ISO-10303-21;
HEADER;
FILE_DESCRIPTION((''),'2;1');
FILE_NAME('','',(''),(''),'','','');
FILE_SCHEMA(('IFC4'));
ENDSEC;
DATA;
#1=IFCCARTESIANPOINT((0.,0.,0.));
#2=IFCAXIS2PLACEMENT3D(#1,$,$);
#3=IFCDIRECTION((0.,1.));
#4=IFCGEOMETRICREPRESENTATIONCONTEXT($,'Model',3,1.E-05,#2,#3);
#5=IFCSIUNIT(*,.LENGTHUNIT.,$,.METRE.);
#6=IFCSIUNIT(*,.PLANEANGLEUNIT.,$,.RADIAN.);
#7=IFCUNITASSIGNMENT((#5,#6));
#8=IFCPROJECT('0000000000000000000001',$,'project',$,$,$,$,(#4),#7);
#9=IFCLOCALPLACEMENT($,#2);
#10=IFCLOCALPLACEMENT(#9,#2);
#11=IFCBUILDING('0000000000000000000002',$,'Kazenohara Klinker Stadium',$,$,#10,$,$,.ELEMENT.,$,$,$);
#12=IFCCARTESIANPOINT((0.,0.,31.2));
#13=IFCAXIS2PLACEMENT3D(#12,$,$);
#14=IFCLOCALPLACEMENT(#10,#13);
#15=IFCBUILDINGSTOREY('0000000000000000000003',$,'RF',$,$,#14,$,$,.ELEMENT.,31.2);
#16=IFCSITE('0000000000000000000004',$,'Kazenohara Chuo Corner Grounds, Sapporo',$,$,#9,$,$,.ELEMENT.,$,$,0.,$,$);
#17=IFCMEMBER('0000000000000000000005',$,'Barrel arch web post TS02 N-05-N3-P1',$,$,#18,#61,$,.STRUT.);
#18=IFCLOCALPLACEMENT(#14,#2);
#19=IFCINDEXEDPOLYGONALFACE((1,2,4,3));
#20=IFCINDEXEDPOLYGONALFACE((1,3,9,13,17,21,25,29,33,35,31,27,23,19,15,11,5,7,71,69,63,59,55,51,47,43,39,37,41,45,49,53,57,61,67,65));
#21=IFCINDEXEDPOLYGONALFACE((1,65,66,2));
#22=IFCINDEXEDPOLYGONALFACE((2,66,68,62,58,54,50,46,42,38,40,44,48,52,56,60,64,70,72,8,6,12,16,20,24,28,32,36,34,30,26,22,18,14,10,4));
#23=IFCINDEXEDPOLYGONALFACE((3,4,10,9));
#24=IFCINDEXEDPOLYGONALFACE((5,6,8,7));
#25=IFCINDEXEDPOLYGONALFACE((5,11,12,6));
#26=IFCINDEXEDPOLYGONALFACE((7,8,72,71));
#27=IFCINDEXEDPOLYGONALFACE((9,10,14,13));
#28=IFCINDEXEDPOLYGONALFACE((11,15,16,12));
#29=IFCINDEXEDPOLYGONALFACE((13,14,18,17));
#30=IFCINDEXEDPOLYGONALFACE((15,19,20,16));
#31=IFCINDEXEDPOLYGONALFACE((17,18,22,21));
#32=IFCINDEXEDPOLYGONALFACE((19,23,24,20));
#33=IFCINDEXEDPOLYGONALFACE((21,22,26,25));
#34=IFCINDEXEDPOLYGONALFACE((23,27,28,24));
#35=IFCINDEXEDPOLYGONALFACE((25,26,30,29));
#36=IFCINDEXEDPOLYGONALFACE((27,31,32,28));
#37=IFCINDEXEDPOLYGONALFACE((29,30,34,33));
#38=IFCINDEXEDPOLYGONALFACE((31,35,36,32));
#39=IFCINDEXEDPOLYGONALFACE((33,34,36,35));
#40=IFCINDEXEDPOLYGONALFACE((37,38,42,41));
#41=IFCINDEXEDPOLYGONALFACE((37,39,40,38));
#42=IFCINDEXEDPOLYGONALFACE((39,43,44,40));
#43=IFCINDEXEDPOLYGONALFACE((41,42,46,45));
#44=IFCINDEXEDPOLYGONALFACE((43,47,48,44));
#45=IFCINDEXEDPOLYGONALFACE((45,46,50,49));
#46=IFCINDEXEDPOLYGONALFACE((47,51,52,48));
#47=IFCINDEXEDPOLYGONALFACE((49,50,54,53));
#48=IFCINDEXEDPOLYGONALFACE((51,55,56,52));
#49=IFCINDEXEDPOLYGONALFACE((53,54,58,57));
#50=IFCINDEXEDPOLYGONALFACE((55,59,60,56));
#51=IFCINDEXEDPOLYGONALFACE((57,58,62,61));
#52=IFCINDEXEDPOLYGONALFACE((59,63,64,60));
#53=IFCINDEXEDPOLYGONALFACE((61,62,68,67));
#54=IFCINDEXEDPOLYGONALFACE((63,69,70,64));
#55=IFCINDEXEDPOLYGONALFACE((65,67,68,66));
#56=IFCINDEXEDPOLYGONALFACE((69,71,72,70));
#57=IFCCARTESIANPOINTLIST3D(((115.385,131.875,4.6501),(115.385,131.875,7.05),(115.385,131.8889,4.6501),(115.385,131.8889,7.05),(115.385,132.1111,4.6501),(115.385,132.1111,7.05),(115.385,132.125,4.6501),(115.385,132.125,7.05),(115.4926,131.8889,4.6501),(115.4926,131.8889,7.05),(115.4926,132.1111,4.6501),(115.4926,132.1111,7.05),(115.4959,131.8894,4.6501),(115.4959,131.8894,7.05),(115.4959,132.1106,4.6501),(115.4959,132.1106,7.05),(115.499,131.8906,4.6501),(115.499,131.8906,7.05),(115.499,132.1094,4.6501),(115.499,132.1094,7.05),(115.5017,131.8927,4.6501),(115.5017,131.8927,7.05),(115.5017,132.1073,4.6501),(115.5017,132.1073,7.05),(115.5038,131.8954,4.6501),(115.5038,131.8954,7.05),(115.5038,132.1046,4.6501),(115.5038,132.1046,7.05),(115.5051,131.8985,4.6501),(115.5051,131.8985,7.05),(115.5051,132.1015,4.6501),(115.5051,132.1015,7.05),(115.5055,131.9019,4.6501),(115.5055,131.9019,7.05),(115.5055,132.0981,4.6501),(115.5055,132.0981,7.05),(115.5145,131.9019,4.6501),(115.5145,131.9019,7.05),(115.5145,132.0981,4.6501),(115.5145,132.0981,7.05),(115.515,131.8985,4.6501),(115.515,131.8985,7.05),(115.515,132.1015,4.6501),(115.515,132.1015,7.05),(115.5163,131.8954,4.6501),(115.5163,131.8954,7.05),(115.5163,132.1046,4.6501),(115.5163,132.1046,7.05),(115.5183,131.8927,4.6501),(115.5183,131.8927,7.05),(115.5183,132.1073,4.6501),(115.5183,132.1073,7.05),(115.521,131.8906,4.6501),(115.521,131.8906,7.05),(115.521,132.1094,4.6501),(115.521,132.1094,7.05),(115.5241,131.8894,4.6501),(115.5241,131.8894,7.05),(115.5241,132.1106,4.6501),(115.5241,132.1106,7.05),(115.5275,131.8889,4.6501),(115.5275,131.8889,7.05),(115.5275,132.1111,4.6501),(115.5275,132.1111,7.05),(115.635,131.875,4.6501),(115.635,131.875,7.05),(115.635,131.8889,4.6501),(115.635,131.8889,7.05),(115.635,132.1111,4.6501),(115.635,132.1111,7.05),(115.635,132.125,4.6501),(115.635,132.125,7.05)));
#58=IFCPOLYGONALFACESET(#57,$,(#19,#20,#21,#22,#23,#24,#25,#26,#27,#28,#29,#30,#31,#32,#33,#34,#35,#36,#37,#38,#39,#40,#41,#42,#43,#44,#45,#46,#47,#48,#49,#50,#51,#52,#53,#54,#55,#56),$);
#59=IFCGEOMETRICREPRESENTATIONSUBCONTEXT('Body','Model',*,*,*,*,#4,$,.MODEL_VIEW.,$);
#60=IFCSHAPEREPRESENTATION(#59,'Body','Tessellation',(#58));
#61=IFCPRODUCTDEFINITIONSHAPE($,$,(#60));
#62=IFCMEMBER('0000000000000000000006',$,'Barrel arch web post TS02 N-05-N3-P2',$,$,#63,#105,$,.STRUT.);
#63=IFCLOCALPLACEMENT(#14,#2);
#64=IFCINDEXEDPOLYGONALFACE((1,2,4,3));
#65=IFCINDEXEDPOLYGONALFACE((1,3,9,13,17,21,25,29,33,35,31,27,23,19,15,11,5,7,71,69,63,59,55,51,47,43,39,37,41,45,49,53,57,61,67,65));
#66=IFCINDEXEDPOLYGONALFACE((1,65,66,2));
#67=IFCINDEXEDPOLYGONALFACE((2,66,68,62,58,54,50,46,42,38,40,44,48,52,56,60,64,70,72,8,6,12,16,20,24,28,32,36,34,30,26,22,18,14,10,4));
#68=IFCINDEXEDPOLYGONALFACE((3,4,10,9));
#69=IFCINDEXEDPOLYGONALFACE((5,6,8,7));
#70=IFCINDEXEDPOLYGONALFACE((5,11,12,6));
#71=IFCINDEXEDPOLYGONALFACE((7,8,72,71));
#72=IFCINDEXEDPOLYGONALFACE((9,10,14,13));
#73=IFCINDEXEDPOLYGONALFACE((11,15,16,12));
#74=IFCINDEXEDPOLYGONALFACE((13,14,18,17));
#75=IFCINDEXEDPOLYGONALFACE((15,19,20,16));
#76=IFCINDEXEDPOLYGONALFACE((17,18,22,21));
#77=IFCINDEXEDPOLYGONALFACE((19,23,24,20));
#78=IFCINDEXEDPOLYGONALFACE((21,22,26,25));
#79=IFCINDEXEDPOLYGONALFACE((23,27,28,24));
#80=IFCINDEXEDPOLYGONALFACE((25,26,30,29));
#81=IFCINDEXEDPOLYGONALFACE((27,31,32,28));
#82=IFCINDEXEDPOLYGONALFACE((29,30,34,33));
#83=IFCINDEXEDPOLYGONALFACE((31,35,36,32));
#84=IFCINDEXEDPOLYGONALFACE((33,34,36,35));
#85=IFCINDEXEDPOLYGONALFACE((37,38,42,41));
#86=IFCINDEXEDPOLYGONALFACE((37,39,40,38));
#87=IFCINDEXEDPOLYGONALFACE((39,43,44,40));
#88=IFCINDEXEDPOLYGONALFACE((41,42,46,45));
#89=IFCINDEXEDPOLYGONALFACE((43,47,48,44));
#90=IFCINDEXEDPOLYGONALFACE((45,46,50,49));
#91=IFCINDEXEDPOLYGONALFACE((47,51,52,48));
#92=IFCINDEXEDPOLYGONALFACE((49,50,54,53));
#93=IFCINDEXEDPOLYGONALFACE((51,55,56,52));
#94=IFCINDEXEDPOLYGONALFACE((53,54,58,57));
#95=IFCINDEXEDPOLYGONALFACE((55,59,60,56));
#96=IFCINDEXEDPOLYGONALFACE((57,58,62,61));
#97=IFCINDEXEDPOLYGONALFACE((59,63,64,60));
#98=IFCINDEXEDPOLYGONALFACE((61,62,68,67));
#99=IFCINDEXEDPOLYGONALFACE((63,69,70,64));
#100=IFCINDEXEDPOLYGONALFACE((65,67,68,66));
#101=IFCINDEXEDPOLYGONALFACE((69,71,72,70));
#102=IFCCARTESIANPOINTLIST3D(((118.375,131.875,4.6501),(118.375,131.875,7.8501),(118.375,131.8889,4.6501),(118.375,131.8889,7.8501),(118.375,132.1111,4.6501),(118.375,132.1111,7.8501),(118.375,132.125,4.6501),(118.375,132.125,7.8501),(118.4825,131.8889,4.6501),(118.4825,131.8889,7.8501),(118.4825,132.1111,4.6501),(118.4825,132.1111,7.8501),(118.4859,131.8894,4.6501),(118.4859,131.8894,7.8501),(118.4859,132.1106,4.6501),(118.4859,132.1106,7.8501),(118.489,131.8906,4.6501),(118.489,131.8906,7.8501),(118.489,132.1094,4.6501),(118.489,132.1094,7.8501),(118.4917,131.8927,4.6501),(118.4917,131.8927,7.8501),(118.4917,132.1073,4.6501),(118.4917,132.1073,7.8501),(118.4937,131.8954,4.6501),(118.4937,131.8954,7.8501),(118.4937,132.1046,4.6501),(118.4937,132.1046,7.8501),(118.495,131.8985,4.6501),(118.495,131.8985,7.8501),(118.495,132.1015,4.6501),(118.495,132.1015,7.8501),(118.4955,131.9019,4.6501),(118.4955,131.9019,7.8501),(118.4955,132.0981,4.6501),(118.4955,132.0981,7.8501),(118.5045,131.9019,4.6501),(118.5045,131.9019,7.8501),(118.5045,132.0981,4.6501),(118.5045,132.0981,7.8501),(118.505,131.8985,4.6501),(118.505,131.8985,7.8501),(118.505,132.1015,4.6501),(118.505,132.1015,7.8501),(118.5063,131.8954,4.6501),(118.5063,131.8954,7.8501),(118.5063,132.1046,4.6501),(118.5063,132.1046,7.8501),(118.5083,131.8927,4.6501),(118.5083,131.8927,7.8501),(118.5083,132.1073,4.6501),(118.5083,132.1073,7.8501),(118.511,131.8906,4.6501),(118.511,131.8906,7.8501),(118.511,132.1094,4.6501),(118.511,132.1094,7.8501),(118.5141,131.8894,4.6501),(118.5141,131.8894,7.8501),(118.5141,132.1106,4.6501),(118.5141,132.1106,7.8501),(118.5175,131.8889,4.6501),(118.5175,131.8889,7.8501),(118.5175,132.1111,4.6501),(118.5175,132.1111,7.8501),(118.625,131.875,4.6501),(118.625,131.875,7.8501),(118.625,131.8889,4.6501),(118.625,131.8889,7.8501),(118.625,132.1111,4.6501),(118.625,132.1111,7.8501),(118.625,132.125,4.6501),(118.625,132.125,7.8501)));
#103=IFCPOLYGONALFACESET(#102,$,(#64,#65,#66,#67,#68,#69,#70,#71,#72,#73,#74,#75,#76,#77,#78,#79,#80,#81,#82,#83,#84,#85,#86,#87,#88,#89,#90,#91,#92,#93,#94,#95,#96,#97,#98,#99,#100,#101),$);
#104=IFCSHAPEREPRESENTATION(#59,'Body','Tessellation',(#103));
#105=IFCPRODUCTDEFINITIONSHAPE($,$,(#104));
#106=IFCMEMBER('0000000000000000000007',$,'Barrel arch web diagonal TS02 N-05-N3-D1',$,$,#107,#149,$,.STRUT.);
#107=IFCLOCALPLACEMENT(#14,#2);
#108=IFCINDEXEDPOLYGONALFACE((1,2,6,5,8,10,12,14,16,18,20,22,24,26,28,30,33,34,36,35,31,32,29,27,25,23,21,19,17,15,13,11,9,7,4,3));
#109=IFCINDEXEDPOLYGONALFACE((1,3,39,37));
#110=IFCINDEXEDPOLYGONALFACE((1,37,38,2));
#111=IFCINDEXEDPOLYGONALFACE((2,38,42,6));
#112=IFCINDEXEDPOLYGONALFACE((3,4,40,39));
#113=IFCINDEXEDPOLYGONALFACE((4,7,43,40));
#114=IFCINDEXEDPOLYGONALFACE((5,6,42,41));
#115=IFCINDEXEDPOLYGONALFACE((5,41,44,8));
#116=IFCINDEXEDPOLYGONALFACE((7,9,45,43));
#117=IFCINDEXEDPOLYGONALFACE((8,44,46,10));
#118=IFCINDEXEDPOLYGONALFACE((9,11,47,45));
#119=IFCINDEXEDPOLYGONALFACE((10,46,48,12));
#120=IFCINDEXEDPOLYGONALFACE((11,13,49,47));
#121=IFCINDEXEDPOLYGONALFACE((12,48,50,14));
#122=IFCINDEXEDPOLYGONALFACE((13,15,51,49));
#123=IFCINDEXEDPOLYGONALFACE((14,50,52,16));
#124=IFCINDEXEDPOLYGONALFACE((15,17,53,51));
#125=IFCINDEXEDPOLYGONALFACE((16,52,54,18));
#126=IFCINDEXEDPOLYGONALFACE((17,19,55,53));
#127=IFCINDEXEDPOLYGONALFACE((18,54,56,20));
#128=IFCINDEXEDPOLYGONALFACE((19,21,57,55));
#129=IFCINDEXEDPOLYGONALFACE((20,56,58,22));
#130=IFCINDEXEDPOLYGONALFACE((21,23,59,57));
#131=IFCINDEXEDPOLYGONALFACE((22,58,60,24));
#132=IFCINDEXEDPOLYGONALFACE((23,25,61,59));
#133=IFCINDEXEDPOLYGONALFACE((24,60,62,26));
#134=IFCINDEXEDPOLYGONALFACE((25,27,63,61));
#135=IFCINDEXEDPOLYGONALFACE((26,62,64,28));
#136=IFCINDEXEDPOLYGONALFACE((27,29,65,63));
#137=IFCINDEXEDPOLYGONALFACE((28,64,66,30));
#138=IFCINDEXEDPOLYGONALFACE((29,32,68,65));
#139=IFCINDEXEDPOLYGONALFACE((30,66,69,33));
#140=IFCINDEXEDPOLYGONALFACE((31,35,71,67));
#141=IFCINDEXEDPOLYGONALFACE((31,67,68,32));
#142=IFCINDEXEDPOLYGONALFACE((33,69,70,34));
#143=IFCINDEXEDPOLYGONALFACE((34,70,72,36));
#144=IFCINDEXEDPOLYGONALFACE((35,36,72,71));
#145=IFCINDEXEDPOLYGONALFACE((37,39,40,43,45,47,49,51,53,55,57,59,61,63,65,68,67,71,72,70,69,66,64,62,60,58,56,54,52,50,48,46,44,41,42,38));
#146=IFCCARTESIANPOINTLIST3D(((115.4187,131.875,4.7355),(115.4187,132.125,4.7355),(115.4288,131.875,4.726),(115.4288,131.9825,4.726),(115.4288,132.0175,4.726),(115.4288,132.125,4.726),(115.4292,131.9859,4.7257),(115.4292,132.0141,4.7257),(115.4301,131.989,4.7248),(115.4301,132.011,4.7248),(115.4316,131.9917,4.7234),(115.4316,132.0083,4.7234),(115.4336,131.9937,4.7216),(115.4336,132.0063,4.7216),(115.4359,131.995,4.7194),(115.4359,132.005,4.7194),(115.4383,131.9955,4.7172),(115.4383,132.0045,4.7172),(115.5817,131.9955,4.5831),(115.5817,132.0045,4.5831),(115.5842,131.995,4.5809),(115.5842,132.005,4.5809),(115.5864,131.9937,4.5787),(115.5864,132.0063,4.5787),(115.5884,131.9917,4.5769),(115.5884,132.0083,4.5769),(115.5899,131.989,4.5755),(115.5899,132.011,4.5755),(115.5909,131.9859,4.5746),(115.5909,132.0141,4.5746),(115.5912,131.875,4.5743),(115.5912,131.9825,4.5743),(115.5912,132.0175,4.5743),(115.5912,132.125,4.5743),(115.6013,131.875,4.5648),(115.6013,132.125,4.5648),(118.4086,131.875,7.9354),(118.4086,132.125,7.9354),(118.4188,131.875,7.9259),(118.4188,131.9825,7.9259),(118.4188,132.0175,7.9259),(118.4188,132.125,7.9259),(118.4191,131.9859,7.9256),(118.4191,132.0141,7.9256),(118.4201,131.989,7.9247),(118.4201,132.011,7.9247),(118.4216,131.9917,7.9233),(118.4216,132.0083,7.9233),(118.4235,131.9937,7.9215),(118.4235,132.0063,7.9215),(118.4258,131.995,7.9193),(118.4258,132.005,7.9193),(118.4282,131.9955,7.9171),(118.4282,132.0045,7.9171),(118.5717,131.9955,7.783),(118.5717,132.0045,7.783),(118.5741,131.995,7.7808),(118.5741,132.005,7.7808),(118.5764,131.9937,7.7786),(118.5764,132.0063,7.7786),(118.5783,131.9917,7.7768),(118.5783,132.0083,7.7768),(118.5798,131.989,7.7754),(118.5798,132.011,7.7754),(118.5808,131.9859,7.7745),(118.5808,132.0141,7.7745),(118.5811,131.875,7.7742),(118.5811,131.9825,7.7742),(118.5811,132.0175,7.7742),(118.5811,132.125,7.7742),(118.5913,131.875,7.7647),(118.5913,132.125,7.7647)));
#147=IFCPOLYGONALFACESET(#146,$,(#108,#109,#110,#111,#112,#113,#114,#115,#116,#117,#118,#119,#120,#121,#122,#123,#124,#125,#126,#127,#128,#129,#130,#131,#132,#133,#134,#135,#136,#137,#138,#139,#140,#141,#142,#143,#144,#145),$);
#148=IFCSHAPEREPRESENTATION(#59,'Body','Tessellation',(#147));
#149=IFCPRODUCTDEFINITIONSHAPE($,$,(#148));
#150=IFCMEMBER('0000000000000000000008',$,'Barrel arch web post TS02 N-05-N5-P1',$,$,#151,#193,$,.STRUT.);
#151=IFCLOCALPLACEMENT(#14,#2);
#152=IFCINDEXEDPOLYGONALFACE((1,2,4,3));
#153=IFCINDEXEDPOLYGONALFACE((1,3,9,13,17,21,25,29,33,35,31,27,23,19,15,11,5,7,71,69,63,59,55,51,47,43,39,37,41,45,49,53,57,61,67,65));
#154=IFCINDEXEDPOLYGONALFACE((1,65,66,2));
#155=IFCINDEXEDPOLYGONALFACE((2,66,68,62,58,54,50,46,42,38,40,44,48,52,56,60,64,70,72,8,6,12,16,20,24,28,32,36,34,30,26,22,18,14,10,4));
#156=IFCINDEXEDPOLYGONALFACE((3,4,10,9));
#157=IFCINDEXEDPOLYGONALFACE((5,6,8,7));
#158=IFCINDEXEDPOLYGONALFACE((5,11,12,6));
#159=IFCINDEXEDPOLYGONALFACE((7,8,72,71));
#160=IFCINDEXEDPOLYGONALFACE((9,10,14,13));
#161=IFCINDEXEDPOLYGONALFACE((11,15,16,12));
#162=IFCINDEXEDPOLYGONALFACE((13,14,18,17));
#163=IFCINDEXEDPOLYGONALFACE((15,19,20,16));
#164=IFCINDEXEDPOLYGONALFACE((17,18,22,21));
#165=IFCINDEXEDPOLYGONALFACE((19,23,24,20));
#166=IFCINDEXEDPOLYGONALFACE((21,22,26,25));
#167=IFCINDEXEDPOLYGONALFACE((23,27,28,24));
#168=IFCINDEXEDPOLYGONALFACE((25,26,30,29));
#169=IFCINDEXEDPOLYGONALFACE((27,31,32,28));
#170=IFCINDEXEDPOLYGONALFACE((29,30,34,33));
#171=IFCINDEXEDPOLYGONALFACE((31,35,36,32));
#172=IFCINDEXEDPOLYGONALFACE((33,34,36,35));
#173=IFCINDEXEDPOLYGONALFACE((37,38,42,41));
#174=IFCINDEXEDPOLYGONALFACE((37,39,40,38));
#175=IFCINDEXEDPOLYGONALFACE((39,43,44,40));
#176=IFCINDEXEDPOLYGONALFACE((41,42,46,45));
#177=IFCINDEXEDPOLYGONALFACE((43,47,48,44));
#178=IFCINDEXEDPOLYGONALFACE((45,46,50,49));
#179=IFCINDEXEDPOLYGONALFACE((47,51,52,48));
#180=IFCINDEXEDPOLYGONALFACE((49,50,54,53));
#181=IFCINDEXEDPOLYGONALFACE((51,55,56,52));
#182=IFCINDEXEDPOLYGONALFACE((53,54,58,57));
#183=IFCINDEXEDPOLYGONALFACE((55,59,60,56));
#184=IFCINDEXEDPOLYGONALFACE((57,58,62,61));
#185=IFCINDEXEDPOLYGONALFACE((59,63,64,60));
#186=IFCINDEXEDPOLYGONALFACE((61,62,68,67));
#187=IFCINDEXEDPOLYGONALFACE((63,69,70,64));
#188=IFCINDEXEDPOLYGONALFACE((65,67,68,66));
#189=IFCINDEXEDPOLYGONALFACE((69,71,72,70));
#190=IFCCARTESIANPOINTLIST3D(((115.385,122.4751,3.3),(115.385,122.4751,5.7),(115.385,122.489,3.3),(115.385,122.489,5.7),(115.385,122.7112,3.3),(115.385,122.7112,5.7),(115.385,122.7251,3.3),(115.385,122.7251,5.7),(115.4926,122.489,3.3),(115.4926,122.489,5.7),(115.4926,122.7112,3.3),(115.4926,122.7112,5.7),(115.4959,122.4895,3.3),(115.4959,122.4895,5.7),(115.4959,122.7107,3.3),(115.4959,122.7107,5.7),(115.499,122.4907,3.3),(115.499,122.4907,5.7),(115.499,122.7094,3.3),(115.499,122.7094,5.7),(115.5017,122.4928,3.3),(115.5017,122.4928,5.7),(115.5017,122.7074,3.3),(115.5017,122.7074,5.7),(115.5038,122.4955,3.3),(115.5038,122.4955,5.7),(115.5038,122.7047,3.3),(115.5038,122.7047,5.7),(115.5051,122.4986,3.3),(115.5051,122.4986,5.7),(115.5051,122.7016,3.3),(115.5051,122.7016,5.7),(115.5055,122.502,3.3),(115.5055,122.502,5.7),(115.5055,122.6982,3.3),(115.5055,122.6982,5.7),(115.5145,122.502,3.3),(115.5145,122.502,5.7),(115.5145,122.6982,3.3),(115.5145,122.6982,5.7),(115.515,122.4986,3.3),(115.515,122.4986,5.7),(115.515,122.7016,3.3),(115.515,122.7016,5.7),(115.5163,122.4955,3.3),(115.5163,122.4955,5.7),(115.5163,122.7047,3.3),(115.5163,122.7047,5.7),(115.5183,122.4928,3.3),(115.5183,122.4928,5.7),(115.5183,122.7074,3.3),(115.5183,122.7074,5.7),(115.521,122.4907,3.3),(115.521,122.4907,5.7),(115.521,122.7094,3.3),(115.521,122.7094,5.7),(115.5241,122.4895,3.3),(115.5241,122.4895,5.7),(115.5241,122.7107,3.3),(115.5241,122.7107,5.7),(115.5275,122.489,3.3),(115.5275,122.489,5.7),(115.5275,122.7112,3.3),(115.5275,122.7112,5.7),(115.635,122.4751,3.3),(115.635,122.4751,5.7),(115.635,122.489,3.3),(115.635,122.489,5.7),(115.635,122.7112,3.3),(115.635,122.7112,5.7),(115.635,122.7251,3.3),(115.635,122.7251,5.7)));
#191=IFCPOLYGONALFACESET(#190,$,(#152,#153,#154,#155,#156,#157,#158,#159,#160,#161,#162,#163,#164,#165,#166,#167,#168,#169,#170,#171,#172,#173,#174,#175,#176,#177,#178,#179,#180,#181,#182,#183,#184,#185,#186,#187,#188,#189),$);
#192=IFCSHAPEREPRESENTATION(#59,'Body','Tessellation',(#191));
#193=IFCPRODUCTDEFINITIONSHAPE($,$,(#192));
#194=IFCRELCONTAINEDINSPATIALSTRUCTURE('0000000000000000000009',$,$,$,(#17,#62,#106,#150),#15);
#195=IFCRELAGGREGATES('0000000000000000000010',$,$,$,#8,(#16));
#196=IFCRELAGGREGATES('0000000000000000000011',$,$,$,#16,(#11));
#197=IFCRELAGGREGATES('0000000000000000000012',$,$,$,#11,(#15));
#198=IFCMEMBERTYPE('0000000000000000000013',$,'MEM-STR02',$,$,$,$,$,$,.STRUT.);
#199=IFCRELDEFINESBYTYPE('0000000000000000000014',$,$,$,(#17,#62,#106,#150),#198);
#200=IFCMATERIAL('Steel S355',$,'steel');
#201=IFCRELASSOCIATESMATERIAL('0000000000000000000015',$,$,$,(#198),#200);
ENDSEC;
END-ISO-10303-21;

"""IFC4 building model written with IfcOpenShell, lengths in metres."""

from ifc_helpers import new_model, si_unit, direction, frame, origin, origin_2d, place, context, subcontext, project, spatial, i_section, extrude, material, material_profile, profile_set, type_object, element, save


model = new_model("IFC4")

# Units and contexts
model_context = context("Model", 3, precision=1e-05, world=origin(), true_north=direction((0.0, 1.0)))
body_context = subcontext(model_context, "Body", "Model", "MODEL_VIEW")
ifc_project = project(units=[si_unit("LENGTHUNIT", "METRE"), si_unit("PLANEANGLEUNIT", "RADIAN")], contexts=[model_context])

# Site, building, storey
site_placement = place(None, origin())
site = spatial("IfcSite", under=ifc_project, at=site_placement, Name="Kazenohara Chuo Corner Grounds, Sapporo", CompositionType="ELEMENT", RefElevation=0.0)
building_placement = place(site_placement, origin())
building = spatial("IfcBuilding", under=site, at=building_placement, Name="Kazenohara Klinker Stadium", CompositionType="ELEMENT")
storey_placement = place(building_placement, frame((0.0, 0.0, 31.2)))
storey = spatial("IfcBuildingStorey", under=building, at=storey_placement, Name="RF", CompositionType="ELEMENT", Elevation=31.2)

# Members
ifc_material_1 = material(Name="Steel S355", Category="steel")
ifc_material_profile_1 = material_profile(ifc_material_1, i_section(OverallWidth=0.25, OverallDepth=0.25, WebThickness=0.009, FlangeThickness=0.0139, FilletRadius=0.0129, at=origin_2d()), Name="H-250x250x9x14")
ifc_profile_set_1 = profile_set([ifc_material_profile_1], Name="Steel S355")
member_type_1 = type_object("IfcMemberType", Name="MEM-STR02", PredefinedType="STRUT", material=ifc_profile_set_1)
member_1_placement = place(storey_placement, frame((115.51, 132.0, 4.6501), z_axis=(0.0, 0.0, 1.0), x_axis=(1.0, 0.0, 0.0)))
element("IfcMember", 1, at=member_1_placement, inside=storey, type_object=member_type_1, Name="Barrel arch web post TS02 N-05-N3-P1", PredefinedType="STRUT", context=body_context, shape_type="SweptSolid", body=[
    extrude(i_section(OverallWidth=0.25, OverallDepth=0.25, WebThickness=0.009, FlangeThickness=0.0139, FilletRadius=0.0129, at=origin_2d()), origin(), (0.0, 0.0, 1.0), 2.3999),
])
member_2_placement = place(storey_placement, frame((118.5, 132.0, 4.6501), z_axis=(0.0, 0.0, 1.0), x_axis=(1.0, 0.0, 0.0)))
element("IfcMember", 2, at=member_2_placement, inside=storey, type_object=member_type_1, Name="Barrel arch web post TS02 N-05-N3-P2", PredefinedType="STRUT", context=body_context, shape_type="SweptSolid", body=[
    extrude(i_section(OverallWidth=0.25, OverallDepth=0.25, WebThickness=0.009, FlangeThickness=0.0139, FilletRadius=0.0129, at=origin_2d()), origin(), (0.0, 0.0, 1.0), 3.2),
])
member_3_placement = place(storey_placement, frame((115.51, 132.0, 4.6501), z_axis=(0.682729, 0.0, 0.730671), x_axis=(0.0, 1.0, 0.0)))
element("IfcMember", 3, at=member_3_placement, inside=storey, type_object=member_type_1, Name="Barrel arch web diagonal TS02 N-05-N3-D1", PredefinedType="STRUT", context=body_context, shape_type="SweptSolid", body=[
    extrude(i_section(OverallWidth=0.25, OverallDepth=0.25, WebThickness=0.009, FlangeThickness=0.0139, FilletRadius=0.0129, at=origin_2d()), origin(), (0.0, 0.0, 1.0), 4.3794),
])
member_4_placement = place(storey_placement, frame((115.51, 122.6001, 3.3), z_axis=(0.0, 0.0, 1.0), x_axis=(1.0, 0.0, 0.0)))
element("IfcMember", 4, at=member_4_placement, inside=storey, type_object=member_type_1, Name="Barrel arch web post TS02 N-05-N5-P1", PredefinedType="STRUT", context=body_context, shape_type="SweptSolid", body=[
    extrude(i_section(OverallWidth=0.25, OverallDepth=0.25, WebThickness=0.009, FlangeThickness=0.0139, FilletRadius=0.0129, at=origin_2d()), origin(), (0.0, 0.0, 1.0), 2.3999),
])

save(model, "model.ifc")
